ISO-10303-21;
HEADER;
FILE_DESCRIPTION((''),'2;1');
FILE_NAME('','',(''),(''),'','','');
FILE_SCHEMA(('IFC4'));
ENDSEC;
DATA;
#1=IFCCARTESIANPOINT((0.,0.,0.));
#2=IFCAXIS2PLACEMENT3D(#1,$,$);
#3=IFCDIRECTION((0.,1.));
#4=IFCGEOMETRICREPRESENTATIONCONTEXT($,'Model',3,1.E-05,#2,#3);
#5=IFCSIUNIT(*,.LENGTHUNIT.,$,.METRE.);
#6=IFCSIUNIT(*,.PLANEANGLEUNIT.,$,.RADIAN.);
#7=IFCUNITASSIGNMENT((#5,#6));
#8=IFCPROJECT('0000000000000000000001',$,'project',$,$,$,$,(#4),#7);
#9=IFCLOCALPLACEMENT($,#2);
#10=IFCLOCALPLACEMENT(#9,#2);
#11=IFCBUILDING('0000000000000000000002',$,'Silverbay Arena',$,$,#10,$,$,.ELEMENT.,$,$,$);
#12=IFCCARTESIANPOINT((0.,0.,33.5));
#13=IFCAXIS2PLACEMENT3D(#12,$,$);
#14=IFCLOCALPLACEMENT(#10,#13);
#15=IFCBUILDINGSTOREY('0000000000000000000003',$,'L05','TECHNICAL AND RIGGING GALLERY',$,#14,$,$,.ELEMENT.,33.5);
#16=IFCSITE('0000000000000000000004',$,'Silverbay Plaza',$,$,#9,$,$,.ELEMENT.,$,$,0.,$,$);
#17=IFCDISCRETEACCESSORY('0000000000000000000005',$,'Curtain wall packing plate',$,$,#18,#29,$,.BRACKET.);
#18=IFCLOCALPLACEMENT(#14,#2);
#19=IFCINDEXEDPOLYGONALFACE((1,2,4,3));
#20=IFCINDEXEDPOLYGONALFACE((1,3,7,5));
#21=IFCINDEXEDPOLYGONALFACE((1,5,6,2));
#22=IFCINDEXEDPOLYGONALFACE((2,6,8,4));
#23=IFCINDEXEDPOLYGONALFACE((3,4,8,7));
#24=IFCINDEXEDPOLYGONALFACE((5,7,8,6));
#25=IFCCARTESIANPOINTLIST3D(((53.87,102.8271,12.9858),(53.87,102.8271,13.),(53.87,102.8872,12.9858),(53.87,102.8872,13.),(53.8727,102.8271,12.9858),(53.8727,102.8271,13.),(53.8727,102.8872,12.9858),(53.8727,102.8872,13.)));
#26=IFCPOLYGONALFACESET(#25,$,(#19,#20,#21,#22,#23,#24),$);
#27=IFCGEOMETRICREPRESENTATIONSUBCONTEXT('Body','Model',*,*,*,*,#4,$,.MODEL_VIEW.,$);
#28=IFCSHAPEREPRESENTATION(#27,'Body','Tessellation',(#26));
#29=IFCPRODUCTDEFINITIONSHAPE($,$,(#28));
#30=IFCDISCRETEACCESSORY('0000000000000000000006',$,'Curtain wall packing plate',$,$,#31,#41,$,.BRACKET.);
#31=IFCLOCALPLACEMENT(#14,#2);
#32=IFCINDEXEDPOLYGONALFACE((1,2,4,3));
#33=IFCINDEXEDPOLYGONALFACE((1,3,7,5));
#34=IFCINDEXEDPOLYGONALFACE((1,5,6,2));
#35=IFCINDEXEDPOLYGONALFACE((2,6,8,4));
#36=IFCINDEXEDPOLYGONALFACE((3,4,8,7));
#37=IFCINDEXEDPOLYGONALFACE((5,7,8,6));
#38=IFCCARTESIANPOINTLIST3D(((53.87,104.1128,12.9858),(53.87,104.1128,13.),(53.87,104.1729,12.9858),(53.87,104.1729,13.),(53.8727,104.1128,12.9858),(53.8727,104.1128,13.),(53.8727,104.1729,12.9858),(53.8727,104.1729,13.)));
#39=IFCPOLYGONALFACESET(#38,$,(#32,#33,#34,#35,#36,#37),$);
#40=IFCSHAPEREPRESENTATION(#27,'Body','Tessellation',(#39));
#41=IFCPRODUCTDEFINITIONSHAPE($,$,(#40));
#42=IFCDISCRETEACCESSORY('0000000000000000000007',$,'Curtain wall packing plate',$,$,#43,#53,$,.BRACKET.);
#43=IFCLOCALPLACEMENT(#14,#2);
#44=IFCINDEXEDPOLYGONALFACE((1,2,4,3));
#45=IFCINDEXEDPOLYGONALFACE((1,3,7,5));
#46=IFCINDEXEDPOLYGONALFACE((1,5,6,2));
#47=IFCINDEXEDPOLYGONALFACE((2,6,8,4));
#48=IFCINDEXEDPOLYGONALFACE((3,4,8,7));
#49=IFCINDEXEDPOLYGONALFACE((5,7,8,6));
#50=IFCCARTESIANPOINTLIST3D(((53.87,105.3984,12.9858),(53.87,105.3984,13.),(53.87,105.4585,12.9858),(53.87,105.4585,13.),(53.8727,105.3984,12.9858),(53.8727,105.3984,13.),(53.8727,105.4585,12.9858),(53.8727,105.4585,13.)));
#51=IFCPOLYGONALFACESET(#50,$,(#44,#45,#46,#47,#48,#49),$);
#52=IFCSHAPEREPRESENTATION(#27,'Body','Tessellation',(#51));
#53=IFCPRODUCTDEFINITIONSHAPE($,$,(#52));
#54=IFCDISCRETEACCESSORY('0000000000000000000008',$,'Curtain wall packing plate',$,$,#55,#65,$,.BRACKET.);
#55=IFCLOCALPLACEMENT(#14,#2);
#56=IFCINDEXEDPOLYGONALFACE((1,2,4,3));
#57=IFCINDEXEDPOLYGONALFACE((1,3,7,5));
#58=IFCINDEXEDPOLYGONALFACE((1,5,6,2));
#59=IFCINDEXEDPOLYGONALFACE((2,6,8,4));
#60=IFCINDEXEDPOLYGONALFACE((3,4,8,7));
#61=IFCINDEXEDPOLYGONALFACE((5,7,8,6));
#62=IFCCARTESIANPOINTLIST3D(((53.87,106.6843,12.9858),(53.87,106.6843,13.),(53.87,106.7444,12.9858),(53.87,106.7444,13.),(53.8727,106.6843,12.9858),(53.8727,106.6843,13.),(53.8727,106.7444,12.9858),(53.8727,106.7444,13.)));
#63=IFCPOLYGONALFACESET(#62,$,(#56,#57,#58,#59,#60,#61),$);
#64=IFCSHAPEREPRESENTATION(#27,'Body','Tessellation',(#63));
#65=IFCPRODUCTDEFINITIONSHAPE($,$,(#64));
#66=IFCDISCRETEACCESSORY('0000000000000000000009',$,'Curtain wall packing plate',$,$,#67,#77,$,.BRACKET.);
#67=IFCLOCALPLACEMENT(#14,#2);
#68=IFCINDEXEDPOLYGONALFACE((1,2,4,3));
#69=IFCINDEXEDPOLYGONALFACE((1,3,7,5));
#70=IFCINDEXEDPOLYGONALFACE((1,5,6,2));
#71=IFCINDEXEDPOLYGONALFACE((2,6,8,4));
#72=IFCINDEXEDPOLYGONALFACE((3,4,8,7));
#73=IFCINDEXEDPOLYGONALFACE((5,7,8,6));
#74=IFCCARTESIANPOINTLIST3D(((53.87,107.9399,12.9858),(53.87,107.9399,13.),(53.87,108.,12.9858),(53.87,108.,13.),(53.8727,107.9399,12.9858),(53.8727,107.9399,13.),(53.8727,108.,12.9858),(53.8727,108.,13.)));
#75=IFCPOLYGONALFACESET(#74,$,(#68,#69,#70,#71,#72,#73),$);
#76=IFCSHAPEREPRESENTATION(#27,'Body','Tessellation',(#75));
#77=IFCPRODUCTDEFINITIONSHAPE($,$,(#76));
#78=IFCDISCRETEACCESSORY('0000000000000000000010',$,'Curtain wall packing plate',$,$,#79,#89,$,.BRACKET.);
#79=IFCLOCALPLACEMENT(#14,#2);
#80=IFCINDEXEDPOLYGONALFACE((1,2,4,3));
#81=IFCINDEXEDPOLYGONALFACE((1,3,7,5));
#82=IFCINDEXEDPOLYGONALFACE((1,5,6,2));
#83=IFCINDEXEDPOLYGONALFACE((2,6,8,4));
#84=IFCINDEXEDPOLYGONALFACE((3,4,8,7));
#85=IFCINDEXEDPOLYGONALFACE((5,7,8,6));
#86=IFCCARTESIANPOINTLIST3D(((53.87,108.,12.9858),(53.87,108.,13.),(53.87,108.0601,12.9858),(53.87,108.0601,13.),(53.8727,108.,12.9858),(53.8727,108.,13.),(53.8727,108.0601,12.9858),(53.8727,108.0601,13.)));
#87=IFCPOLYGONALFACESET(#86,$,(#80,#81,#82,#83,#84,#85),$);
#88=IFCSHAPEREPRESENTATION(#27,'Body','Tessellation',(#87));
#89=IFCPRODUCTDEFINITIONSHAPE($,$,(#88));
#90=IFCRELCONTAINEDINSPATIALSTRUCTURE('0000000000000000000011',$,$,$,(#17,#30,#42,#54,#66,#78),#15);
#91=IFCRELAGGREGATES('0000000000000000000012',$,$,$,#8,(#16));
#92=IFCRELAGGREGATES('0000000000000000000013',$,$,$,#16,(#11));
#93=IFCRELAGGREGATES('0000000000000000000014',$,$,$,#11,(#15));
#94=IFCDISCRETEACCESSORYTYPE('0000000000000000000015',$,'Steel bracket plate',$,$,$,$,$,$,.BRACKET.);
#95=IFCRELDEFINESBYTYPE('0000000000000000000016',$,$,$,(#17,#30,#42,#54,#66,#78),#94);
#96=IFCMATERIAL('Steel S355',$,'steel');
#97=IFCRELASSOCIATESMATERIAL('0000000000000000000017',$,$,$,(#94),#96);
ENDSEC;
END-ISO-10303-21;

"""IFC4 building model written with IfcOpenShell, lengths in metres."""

from ifc_helpers import new_model, si_unit, direction, frame, origin, origin_2d, place, context, subcontext, project, spatial, rectangle, extrude, material, type_object, element, save


model = new_model("IFC4")

# Units and contexts
model_context = context("Model", 3, precision=1e-05, world=origin(), true_north=direction((0.0, 1.0)))
body_context = subcontext(model_context, "Body", "Model", "MODEL_VIEW")
ifc_project = project(units=[si_unit("LENGTHUNIT", "METRE"), si_unit("PLANEANGLEUNIT", "RADIAN")], contexts=[model_context])

# Site, building, storey
site_placement = place(None, origin())
site = spatial("IfcSite", under=ifc_project, at=site_placement, Name="Silverbay Plaza", CompositionType="ELEMENT", RefElevation=0.0)
building_placement = place(site_placement, origin())
building = spatial("IfcBuilding", under=site, at=building_placement, Name="Silverbay Arena", CompositionType="ELEMENT")
storey_placement = place(building_placement, frame((0.0, 0.0, 33.5)))
storey = spatial("IfcBuildingStorey", under=building, at=storey_placement, Name="L05", Description="TECHNICAL AND RIGGING GALLERY", CompositionType="ELEMENT", Elevation=33.5)

# Discrete accessories
ifc_material_1 = material(Name="Steel S355", Category="steel")
discrete_accessory_type = type_object("IfcDiscreteAccessoryType", Name="Steel bracket plate", PredefinedType="BRACKET", material=ifc_material_1)
for number, where, z_axis, x_axis, name in (
    (1, (53.8713, 102.8572, 12.9858), (0.0, 0.0, 1.0), (1.0, 0.0, 0.0), "Curtain wall packing plate"),
    (2, (53.8713, 104.1428, 12.9858), (0.0, 0.0, 1.0), (1.0, 0.0, 0.0), "Curtain wall packing plate"),
    (3, (53.8713, 105.4285, 12.9858), (0.0, 0.0, 1.0), (1.0, 0.0, 0.0), "Curtain wall packing plate"),
    (4, (53.8713, 106.7144, 12.9858), (0.0, 0.0, 1.0), (1.0, 0.0, 0.0), "Curtain wall packing plate"),
    (5, (53.8713, 107.97, 12.9858), (0.0, 0.0, 1.0), (1.0, 0.0, 0.0), "Curtain wall packing plate"),
    (6, (53.8713, 108.03, 12.9858), (0.0, 0.0, 1.0), (1.0, 0.0, 0.0), "Curtain wall packing plate"),
):
    element("IfcDiscreteAccessory", number, at=place(storey_placement, frame(where, z_axis=z_axis, x_axis=x_axis)), inside=storey, type_object=discrete_accessory_type, Name=name, PredefinedType="BRACKET", context=body_context, shape_type="SweptSolid", body=[
        extrude(rectangle(XDim=0.0027, YDim=0.0601, at=origin_2d()), origin(), (0.0, 0.0, 1.0), 0.0142),
    ])

save(model, "model.ifc")
